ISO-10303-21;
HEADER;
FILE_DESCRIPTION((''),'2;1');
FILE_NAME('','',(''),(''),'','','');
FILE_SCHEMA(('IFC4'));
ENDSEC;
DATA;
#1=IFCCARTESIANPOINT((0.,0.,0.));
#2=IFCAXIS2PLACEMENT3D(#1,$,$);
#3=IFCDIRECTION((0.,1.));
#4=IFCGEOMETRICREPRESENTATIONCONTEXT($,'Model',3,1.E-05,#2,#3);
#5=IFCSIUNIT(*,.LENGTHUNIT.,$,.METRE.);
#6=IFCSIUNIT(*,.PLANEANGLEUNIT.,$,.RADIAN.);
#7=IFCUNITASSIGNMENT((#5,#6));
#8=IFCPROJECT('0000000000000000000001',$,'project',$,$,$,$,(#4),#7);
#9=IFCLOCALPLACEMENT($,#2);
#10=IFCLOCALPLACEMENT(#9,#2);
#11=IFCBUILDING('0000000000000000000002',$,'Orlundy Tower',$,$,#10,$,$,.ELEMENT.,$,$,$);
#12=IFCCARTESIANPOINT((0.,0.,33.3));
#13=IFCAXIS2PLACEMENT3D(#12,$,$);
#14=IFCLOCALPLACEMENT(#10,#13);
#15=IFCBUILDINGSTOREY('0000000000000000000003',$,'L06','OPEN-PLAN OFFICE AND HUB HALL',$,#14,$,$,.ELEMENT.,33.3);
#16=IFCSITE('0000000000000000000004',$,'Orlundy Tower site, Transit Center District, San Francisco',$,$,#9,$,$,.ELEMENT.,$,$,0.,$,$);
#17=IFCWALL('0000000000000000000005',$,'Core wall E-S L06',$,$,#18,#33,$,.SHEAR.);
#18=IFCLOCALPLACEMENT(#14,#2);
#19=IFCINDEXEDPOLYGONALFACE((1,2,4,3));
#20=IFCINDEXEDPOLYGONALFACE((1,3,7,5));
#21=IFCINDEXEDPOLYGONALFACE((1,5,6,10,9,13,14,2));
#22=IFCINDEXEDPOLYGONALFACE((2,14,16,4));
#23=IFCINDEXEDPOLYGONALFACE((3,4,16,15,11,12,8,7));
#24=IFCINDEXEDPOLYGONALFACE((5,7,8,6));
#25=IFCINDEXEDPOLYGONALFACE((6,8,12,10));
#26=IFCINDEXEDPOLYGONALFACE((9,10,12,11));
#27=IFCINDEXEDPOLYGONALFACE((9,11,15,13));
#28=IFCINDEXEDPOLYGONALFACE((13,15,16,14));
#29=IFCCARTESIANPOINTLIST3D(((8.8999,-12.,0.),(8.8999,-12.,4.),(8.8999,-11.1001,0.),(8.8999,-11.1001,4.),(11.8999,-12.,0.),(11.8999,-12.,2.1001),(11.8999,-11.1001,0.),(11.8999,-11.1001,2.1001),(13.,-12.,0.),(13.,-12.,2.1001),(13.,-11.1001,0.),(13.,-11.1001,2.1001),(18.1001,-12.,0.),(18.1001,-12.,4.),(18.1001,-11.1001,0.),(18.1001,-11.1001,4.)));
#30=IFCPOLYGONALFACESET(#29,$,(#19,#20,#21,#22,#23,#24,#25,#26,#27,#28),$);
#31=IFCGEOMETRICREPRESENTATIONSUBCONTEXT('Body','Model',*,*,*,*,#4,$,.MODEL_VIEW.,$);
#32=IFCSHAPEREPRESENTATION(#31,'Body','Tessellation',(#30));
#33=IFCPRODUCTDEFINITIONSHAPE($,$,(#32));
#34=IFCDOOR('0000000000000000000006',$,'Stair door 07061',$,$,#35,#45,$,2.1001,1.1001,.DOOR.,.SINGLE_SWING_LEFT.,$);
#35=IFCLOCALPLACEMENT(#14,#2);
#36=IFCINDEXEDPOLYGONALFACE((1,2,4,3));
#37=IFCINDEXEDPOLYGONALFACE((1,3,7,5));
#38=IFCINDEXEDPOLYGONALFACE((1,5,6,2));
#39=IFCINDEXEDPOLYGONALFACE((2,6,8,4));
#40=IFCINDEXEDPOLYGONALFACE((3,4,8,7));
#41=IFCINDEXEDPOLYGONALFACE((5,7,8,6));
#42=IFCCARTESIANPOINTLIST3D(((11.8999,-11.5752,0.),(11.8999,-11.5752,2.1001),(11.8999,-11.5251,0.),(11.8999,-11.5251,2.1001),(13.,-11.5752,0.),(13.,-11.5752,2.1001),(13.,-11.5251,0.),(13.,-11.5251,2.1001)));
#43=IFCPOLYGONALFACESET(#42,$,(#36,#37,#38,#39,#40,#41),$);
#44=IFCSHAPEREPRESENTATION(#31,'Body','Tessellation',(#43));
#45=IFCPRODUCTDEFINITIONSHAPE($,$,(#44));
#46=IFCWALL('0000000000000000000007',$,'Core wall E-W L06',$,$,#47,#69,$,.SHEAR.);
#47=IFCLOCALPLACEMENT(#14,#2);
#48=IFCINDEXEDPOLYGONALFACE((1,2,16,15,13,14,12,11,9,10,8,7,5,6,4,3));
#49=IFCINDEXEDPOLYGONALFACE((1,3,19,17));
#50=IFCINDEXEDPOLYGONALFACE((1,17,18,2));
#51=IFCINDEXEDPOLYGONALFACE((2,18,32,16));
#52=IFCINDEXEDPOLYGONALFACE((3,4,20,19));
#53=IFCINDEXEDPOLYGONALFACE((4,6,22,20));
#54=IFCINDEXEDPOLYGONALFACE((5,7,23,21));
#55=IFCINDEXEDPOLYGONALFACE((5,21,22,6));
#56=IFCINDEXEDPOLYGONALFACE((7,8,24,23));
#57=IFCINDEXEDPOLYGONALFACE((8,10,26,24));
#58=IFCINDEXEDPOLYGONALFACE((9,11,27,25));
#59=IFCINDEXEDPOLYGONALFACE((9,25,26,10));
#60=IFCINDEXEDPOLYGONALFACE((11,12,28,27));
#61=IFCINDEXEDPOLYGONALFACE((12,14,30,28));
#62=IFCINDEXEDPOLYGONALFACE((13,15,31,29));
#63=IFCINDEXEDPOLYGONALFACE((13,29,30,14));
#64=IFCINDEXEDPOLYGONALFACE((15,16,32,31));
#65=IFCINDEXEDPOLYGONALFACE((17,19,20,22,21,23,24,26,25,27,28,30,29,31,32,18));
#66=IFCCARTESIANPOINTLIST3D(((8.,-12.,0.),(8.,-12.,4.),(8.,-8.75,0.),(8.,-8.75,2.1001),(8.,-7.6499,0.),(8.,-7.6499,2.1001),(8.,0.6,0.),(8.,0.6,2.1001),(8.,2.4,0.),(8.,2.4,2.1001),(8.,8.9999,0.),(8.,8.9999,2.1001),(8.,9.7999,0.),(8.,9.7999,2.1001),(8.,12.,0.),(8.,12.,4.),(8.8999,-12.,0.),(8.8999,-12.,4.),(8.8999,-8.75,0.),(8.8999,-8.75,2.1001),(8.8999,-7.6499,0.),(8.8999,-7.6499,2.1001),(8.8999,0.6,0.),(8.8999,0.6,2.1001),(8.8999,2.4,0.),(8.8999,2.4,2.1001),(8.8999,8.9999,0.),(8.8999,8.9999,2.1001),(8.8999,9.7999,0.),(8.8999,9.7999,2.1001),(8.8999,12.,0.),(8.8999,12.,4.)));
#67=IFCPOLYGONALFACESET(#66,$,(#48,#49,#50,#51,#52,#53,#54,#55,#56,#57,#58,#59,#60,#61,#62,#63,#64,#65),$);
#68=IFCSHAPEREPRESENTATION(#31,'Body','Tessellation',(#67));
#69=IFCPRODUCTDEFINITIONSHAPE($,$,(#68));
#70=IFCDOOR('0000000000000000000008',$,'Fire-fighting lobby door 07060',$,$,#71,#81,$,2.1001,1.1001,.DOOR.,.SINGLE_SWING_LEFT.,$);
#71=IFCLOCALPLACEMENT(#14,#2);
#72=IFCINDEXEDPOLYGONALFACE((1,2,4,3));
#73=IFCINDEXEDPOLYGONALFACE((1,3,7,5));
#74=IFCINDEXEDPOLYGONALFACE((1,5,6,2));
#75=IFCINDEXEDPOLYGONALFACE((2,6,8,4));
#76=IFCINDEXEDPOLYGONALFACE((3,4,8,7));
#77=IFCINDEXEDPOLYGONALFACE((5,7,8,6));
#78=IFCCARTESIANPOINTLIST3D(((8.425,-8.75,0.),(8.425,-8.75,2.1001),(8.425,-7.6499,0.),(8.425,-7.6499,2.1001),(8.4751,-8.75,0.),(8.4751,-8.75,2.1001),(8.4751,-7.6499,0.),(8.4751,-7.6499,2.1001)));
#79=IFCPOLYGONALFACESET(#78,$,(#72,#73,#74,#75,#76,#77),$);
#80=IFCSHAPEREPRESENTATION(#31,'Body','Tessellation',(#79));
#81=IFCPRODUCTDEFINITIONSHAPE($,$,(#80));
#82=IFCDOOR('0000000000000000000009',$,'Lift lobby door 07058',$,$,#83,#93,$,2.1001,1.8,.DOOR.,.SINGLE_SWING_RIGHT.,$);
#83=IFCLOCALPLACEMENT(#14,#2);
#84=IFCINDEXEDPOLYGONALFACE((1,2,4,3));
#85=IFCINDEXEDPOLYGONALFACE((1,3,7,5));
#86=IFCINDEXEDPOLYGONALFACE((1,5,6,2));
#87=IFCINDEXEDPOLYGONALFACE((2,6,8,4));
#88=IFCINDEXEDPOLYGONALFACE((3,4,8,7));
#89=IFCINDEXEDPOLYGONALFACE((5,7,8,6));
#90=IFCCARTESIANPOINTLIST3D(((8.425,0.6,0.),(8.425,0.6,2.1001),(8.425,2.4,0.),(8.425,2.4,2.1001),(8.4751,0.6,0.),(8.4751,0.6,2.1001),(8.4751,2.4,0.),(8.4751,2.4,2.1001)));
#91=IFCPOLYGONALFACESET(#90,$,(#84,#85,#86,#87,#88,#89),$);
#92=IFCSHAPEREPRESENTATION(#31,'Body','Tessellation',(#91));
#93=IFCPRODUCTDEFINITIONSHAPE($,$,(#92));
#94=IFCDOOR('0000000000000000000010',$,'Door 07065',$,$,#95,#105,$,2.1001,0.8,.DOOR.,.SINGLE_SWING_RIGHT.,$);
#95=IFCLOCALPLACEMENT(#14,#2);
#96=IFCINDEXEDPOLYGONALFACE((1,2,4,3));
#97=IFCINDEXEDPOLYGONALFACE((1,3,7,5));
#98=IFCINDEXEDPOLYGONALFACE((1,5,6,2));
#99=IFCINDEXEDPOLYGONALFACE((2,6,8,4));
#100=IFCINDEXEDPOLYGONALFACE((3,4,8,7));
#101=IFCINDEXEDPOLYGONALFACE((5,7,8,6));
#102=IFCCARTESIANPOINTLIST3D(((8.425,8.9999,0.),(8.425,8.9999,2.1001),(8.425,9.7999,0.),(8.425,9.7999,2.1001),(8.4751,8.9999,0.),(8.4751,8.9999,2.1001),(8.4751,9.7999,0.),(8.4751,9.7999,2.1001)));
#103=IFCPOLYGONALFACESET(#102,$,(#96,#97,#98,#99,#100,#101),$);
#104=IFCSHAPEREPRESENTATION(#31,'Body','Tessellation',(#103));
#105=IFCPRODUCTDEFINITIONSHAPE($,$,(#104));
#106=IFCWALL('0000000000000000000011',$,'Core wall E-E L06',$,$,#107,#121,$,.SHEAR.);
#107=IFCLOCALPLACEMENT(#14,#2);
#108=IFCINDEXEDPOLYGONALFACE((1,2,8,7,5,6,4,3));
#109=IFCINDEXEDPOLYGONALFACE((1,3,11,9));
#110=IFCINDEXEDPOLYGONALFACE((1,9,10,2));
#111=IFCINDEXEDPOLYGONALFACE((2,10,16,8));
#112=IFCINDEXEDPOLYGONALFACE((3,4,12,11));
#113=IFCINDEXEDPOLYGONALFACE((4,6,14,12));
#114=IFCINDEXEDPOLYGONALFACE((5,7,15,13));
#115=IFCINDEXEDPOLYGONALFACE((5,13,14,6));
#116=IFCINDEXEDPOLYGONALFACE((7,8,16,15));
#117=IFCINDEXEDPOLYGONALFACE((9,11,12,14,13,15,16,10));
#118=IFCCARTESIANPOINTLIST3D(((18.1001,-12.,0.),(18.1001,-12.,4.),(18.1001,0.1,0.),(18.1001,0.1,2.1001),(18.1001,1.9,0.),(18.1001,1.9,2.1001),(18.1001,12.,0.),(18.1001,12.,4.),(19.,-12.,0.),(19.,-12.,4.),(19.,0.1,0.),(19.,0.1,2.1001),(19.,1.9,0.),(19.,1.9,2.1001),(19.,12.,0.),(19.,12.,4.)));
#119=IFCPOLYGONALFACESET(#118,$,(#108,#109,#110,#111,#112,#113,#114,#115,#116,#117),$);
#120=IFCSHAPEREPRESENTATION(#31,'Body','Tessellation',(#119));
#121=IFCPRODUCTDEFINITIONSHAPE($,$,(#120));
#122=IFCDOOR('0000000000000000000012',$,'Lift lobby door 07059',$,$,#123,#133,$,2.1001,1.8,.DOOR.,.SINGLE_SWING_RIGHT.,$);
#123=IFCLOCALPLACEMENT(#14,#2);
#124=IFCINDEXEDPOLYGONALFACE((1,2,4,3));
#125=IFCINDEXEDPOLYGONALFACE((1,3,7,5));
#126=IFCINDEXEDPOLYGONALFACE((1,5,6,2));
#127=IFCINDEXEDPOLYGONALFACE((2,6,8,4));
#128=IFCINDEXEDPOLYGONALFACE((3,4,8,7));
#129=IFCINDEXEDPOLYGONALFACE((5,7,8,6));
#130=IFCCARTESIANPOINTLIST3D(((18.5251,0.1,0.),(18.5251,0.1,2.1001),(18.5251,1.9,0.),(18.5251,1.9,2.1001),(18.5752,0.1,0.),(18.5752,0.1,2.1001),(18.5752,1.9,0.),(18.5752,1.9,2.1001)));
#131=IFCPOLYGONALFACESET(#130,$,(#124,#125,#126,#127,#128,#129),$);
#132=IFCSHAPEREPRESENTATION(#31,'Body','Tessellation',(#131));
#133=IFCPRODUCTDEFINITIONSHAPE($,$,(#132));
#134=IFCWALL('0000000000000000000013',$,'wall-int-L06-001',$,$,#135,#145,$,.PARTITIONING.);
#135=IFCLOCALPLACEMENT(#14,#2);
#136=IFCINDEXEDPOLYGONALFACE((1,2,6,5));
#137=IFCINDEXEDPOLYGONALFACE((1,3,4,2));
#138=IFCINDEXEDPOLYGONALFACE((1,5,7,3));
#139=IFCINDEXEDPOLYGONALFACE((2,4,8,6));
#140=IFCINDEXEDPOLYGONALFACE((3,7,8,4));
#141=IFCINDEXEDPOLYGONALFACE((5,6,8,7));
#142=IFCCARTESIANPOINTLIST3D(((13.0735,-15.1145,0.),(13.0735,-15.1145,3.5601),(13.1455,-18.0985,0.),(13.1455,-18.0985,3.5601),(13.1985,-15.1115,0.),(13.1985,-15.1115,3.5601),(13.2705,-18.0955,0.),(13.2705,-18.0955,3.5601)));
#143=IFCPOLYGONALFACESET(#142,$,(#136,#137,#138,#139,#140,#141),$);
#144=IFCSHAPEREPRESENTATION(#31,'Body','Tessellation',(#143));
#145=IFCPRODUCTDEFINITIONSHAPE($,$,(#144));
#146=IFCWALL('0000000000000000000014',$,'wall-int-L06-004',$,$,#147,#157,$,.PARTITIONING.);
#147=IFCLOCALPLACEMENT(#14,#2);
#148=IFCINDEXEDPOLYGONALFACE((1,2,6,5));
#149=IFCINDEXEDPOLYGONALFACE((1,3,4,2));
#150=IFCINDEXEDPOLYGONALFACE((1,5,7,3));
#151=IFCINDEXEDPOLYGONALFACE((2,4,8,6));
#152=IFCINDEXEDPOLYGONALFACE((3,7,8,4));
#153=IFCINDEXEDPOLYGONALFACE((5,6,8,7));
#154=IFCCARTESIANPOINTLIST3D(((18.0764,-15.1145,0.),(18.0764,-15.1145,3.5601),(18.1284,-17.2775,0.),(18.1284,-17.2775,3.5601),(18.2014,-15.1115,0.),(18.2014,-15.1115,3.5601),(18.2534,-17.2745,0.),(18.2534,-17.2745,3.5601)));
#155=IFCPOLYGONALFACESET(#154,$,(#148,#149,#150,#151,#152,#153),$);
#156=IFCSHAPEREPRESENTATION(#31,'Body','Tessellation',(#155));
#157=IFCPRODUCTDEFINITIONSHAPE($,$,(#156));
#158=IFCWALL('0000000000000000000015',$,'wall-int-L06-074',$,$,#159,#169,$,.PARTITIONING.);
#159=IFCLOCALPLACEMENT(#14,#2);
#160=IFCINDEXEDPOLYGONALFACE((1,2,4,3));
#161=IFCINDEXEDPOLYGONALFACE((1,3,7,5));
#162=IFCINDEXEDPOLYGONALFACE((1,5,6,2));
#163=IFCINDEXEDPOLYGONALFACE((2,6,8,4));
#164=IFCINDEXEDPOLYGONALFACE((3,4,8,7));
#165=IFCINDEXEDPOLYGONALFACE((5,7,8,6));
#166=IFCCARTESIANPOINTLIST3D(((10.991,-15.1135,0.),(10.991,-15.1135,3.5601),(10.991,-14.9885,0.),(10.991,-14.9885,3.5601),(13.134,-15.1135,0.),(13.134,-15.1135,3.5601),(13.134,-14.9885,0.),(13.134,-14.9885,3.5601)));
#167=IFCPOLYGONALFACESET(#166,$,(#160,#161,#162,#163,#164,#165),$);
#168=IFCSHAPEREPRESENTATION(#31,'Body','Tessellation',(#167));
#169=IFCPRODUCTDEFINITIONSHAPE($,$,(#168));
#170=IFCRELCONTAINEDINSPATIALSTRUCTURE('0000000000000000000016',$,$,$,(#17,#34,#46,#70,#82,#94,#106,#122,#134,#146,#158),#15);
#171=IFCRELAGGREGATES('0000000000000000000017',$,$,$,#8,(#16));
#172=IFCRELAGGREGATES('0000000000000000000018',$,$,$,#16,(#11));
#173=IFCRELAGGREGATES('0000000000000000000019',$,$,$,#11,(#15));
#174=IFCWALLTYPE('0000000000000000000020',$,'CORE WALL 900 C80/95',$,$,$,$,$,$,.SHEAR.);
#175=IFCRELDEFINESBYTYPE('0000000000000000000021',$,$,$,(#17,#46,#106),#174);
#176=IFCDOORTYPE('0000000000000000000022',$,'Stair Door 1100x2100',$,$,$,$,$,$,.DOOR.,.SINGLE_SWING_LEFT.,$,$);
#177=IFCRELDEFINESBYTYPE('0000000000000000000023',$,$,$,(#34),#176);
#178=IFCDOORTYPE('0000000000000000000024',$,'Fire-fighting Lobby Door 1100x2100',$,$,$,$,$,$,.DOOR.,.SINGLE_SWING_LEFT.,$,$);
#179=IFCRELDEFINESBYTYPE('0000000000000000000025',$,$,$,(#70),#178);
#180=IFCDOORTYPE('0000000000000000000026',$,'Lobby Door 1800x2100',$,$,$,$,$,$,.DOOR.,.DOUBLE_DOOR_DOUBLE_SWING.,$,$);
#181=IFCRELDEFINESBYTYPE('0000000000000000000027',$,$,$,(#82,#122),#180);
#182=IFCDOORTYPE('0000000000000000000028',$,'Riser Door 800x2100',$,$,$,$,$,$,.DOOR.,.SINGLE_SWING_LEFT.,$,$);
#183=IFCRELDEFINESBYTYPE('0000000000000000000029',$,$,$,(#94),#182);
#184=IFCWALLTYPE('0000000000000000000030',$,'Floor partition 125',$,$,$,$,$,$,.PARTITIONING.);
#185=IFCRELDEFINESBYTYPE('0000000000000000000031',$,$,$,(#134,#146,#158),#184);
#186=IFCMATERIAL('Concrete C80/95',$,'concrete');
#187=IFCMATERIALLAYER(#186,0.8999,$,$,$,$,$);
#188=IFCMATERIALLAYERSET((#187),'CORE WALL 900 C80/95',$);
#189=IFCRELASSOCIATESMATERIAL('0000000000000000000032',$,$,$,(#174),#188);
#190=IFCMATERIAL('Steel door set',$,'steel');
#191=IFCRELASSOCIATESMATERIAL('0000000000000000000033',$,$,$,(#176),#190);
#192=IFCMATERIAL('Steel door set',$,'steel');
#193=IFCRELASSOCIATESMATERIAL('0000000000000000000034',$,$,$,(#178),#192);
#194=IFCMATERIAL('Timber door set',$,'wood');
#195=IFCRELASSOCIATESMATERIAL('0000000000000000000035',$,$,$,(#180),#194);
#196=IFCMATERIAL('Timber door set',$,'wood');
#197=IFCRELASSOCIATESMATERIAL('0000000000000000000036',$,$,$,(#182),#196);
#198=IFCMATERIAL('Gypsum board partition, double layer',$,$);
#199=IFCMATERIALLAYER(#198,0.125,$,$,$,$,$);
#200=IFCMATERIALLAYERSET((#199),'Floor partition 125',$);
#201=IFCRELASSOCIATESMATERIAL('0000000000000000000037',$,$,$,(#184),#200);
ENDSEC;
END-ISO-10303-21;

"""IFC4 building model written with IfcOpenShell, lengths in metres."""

from ifc_helpers import new_model, si_unit, direction, frame, frame_2d, origin, place, context, subcontext, project, spatial, rectangle, extrude, material, layer, layer_set, type_object, element, fill, save


model = new_model("IFC4")

# Units and contexts
model_context = context("Model", 3, precision=1e-05, world=origin(), true_north=direction((0.0, 1.0)))
body_context = subcontext(model_context, "Body", "Model", "MODEL_VIEW")
ifc_project = project(units=[si_unit("LENGTHUNIT", "METRE"), si_unit("PLANEANGLEUNIT", "RADIAN")], contexts=[model_context])

# Site, building, storey
site_placement = place(None, origin())
site = spatial("IfcSite", under=ifc_project, at=site_placement, Name="Orlundy Tower site, Transit Center District, San Francisco", CompositionType="ELEMENT", RefElevation=0.0)
building_placement = place(site_placement, origin())
building = spatial("IfcBuilding", under=site, at=building_placement, Name="Orlundy Tower", CompositionType="ELEMENT")
storey_placement = place(building_placement, frame((0.0, 0.0, 33.3)))
storey = spatial("IfcBuildingStorey", under=building, at=storey_placement, Name="L06", Description="OPEN-PLAN OFFICE AND HUB HALL", CompositionType="ELEMENT", Elevation=33.3)

# Wall, opening, door
ifc_material_1 = material(Name="Concrete C80/95", Category="concrete")
ifc_layer_1 = layer(ifc_material_1, 0.8999)
ifc_layer_set_1 = layer_set([ifc_layer_1], Name="CORE WALL 900 C80/95")
wall_type_1 = type_object("IfcWallType", Name="CORE WALL 900 C80/95", PredefinedType="SHEAR", material=ifc_layer_set_1)
wall_1_placement = place(storey_placement, frame((8.8999, -11.55, 0.0), z_axis=(0.0, 0.0, 1.0), x_axis=(1.0, 0.0, 0.0)))
wall_1 = element("IfcWall", 1, at=wall_1_placement, inside=storey, type_object=wall_type_1, Name="Core wall E-S L06", PredefinedType="SHEAR", context=body_context, shape_type="SweptSolid", body=[
    extrude(rectangle(XDim=9.2002, YDim=0.8999, at=frame_2d((4.6001, 0.0))), origin(), (0.0, 0.0, 1.0), 4.0),
])
opening_1_placement = place(wall_1_placement, frame((3.0, 0.0, 0.0)))
opening_1 = element("IfcOpeningElement", 2, at=opening_1_placement, cuts=wall_1, PredefinedType="OPENING", context=body_context, shape_type="SweptSolid", body=[
    extrude(rectangle(XDim=1.1001, YDim=2.1001, at=frame_2d((0.55, 1.05))), frame((0.0, 0.46, 0.0), z_axis=(0.0, -1.0, 0.0), x_axis=(1.0, 0.0, 0.0)), (0.0, 0.0, 1.0), 0.9199),
])
ifc_material_2 = material(Name="Steel door set", Category="steel")
door_type_1 = type_object("IfcDoorType", Name="Stair Door 1100x2100", OperationType="SINGLE_SWING_LEFT", PredefinedType="DOOR", material=ifc_material_2)
door_1_placement = place(opening_1_placement, origin())
door_1 = element("IfcDoor", 3, at=door_1_placement, inside=storey, type_object=door_type_1, Name="Stair door 07061", OperationType="SINGLE_SWING_LEFT", OverallHeight=2.1001, OverallWidth=1.1001, PredefinedType="DOOR", context=body_context, shape_type="SweptSolid", body=[
    extrude(rectangle(XDim=1.1001, YDim=2.1001, at=frame_2d((0.55, 1.05))), frame((0.0, 0.0249, 0.0), z_axis=(0.0, -1.0, 0.0), x_axis=(1.0, 0.0, 0.0)), (0.0, 0.0, 1.0), 0.05),
])
fill(opening_1, door_1)

# Wall, openings, doors
wall_2_placement = place(storey_placement, frame((8.45, -12.0, 0.0), z_axis=(0.0, 0.0, 1.0), x_axis=(0.0, 1.0, 0.0)))
wall_2 = element("IfcWall", 4, at=wall_2_placement, inside=storey, type_object=wall_type_1, Name="Core wall E-W L06", PredefinedType="SHEAR", context=body_context, shape_type="SweptSolid", body=[
    extrude(rectangle(XDim=24.0, YDim=0.8999, at=frame_2d((12.0, 0.0))), origin(), (0.0, 0.0, 1.0), 4.0),
])
opening_2_placement = place(wall_2_placement, frame((12.6001, 0.0, 0.0)))
opening_2 = element("IfcOpeningElement", 5, at=opening_2_placement, cuts=wall_2, PredefinedType="OPENING", context=body_context, shape_type="SweptSolid", body=[
    extrude(rectangle(XDim=1.8, YDim=2.1001, at=frame_2d((0.8999, 1.05))), frame((0.0, 0.46, 0.0), z_axis=(0.0, -1.0, 0.0), x_axis=(1.0, 0.0, 0.0)), (0.0, 0.0, 1.0), 0.9199),
])
opening_3_placement = place(wall_2_placement, frame((3.25, 0.0, 0.0)))
opening_3 = element("IfcOpeningElement", 6, at=opening_3_placement, cuts=wall_2, PredefinedType="OPENING", context=body_context, shape_type="SweptSolid", body=[
    extrude(rectangle(XDim=1.1001, YDim=2.1001, at=frame_2d((0.55, 1.05))), frame((0.0, 0.46, 0.0), z_axis=(0.0, -1.0, 0.0), x_axis=(1.0, 0.0, 0.0)), (0.0, 0.0, 1.0), 0.9199),
])
opening_4_placement = place(wall_2_placement, frame((21.0, 0.0, 0.0)))
opening_4 = element("IfcOpeningElement", 7, at=opening_4_placement, cuts=wall_2, PredefinedType="OPENING", context=body_context, shape_type="SweptSolid", body=[
    extrude(rectangle(XDim=0.8, YDim=2.1001, at=frame_2d((0.3999, 1.05))), frame((0.0, 0.46, 0.0), z_axis=(0.0, -1.0, 0.0), x_axis=(1.0, 0.0, 0.0)), (0.0, 0.0, 1.0), 0.9199),
])
ifc_material_3 = material(Name="Steel door set", Category="steel")
door_type_2 = type_object("IfcDoorType", Name="Fire-fighting Lobby Door 1100x2100", OperationType="SINGLE_SWING_LEFT", PredefinedType="DOOR", material=ifc_material_3)
door_2_placement = place(opening_3_placement, origin())
door_2 = element("IfcDoor", 8, at=door_2_placement, inside=storey, type_object=door_type_2, Name="Fire-fighting lobby door 07060", OperationType="SINGLE_SWING_LEFT", OverallHeight=2.1001, OverallWidth=1.1001, PredefinedType="DOOR", context=body_context, shape_type="SweptSolid", body=[
    extrude(rectangle(XDim=1.1001, YDim=2.1001, at=frame_2d((0.55, 1.05))), frame((0.0, 0.0249, 0.0), z_axis=(0.0, -1.0, 0.0), x_axis=(1.0, 0.0, 0.0)), (0.0, 0.0, 1.0), 0.05),
])
fill(opening_3, door_2)
ifc_material_4 = material(Name="Timber door set", Category="wood")
door_type_3 = type_object("IfcDoorType", Name="Lobby Door 1800x2100", OperationType="DOUBLE_DOOR_DOUBLE_SWING", PredefinedType="DOOR", material=ifc_material_4)
door_3_placement = place(opening_2_placement, origin())
door_3 = element("IfcDoor", 9, at=door_3_placement, inside=storey, type_object=door_type_3, Name="Lift lobby door 07058", OperationType="SINGLE_SWING_RIGHT", OverallHeight=2.1001, OverallWidth=1.8, PredefinedType="DOOR", context=body_context, shape_type="SweptSolid", body=[
    extrude(rectangle(XDim=1.8, YDim=2.1001, at=frame_2d((0.8999, 1.05))), frame((0.0, 0.0249, 0.0), z_axis=(0.0, -1.0, 0.0), x_axis=(1.0, 0.0, 0.0)), (0.0, 0.0, 1.0), 0.05),
])
fill(opening_2, door_3)
ifc_material_5 = material(Name="Timber door set", Category="wood")
door_type_4 = type_object("IfcDoorType", Name="Riser Door 800x2100", OperationType="SINGLE_SWING_LEFT", PredefinedType="DOOR", material=ifc_material_5)
door_4_placement = place(opening_4_placement, origin())
door_4 = element("IfcDoor", 10, at=door_4_placement, inside=storey, type_object=door_type_4, Name="Door 07065", OperationType="SINGLE_SWING_RIGHT", OverallHeight=2.1001, OverallWidth=0.8, PredefinedType="DOOR", context=body_context, shape_type="SweptSolid", body=[
    extrude(rectangle(XDim=0.8, YDim=2.1001, at=frame_2d((0.3999, 1.05))), frame((0.0, 0.0249, 0.0), z_axis=(0.0, -1.0, 0.0), x_axis=(1.0, 0.0, 0.0)), (0.0, 0.0, 1.0), 0.05),
])
fill(opening_4, door_4)

# Wall, opening, door
wall_3_placement = place(storey_placement, frame((18.55, -12.0, 0.0), z_axis=(0.0, 0.0, 1.0), x_axis=(0.0, 1.0, 0.0)))
wall_3 = element("IfcWall", 11, at=wall_3_placement, inside=storey, type_object=wall_type_1, Name="Core wall E-E L06", PredefinedType="SHEAR", context=body_context, shape_type="SweptSolid", body=[
    extrude(rectangle(XDim=24.0, YDim=0.8999, at=frame_2d((12.0, 0.0))), origin(), (0.0, 0.0, 1.0), 4.0),
])
opening_5_placement = place(wall_3_placement, frame((12.1001, 0.0, 0.0)))
opening_5 = element("IfcOpeningElement", 12, at=opening_5_placement, cuts=wall_3, PredefinedType="OPENING", context=body_context, shape_type="SweptSolid", body=[
    extrude(rectangle(XDim=1.8, YDim=2.1001, at=frame_2d((0.8999, 1.05))), frame((0.0, 0.46, 0.0), z_axis=(0.0, -1.0, 0.0), x_axis=(1.0, 0.0, 0.0)), (0.0, 0.0, 1.0), 0.9199),
])
door_5_placement = place(opening_5_placement, origin())
door_5 = element("IfcDoor", 13, at=door_5_placement, inside=storey, type_object=door_type_3, Name="Lift lobby door 07059", OperationType="SINGLE_SWING_RIGHT", OverallHeight=2.1001, OverallWidth=1.8, PredefinedType="DOOR", context=body_context, shape_type="SweptSolid", body=[
    extrude(rectangle(XDim=1.8, YDim=2.1001, at=frame_2d((0.8999, 1.05))), frame((0.0, 0.0249, 0.0), z_axis=(0.0, -1.0, 0.0), x_axis=(1.0, 0.0, 0.0)), (0.0, 0.0, 1.0), 0.05),
])
fill(opening_5, door_5)

# Walls
ifc_material_6 = material(Name="Gypsum board partition, double layer")
ifc_layer_2 = layer(ifc_material_6, 0.125)
ifc_layer_set_2 = layer_set([ifc_layer_2], Name="Floor partition 125")
wall_type_2 = type_object("IfcWallType", Name="Floor partition 125", PredefinedType="PARTITIONING", material=ifc_layer_set_2)
wall_4_placement = place(storey_placement, frame((13.136, -15.113, 0.0), z_axis=(0.0, 0.0, 1.0), x_axis=(0.02413, -0.999709, 0.0)))
element("IfcWall", 14, at=wall_4_placement, inside=storey, type_object=wall_type_2, Name="wall-int-L06-001", PredefinedType="PARTITIONING", context=body_context, shape_type="SweptSolid", body=[
    extrude(rectangle(XDim=2.9849, YDim=0.125, at=frame_2d((1.4924, 0.0))), origin(), (0.0, 0.0, 1.0), 3.5601),
])
wall_5_placement = place(storey_placement, frame((18.1389, -15.113, 0.0), z_axis=(0.0, 0.0, 1.0), x_axis=(0.024036, -0.999711, 0.0)))
element("IfcWall", 15, at=wall_5_placement, inside=storey, type_object=wall_type_2, Name="wall-int-L06-004", PredefinedType="PARTITIONING", context=body_context, shape_type="SweptSolid", body=[
    extrude(rectangle(XDim=2.1636, YDim=0.125, at=frame_2d((1.0818, 0.0))), origin(), (0.0, 0.0, 1.0), 3.5601),
])
wall_6_placement = place(storey_placement, frame((10.991, -15.051, 0.0), z_axis=(0.0, 0.0, 1.0), x_axis=(1.0, 0.0, 0.0)))
element("IfcWall", 16, at=wall_6_placement, inside=storey, type_object=wall_type_2, Name="wall-int-L06-074", PredefinedType="PARTITIONING", context=body_context, shape_type="SweptSolid", body=[
    extrude(rectangle(XDim=2.1431, YDim=0.125, at=frame_2d((1.0715, 0.0))), origin(), (0.0, 0.0, 1.0), 3.5601),
])

save(model, "model.ifc")
